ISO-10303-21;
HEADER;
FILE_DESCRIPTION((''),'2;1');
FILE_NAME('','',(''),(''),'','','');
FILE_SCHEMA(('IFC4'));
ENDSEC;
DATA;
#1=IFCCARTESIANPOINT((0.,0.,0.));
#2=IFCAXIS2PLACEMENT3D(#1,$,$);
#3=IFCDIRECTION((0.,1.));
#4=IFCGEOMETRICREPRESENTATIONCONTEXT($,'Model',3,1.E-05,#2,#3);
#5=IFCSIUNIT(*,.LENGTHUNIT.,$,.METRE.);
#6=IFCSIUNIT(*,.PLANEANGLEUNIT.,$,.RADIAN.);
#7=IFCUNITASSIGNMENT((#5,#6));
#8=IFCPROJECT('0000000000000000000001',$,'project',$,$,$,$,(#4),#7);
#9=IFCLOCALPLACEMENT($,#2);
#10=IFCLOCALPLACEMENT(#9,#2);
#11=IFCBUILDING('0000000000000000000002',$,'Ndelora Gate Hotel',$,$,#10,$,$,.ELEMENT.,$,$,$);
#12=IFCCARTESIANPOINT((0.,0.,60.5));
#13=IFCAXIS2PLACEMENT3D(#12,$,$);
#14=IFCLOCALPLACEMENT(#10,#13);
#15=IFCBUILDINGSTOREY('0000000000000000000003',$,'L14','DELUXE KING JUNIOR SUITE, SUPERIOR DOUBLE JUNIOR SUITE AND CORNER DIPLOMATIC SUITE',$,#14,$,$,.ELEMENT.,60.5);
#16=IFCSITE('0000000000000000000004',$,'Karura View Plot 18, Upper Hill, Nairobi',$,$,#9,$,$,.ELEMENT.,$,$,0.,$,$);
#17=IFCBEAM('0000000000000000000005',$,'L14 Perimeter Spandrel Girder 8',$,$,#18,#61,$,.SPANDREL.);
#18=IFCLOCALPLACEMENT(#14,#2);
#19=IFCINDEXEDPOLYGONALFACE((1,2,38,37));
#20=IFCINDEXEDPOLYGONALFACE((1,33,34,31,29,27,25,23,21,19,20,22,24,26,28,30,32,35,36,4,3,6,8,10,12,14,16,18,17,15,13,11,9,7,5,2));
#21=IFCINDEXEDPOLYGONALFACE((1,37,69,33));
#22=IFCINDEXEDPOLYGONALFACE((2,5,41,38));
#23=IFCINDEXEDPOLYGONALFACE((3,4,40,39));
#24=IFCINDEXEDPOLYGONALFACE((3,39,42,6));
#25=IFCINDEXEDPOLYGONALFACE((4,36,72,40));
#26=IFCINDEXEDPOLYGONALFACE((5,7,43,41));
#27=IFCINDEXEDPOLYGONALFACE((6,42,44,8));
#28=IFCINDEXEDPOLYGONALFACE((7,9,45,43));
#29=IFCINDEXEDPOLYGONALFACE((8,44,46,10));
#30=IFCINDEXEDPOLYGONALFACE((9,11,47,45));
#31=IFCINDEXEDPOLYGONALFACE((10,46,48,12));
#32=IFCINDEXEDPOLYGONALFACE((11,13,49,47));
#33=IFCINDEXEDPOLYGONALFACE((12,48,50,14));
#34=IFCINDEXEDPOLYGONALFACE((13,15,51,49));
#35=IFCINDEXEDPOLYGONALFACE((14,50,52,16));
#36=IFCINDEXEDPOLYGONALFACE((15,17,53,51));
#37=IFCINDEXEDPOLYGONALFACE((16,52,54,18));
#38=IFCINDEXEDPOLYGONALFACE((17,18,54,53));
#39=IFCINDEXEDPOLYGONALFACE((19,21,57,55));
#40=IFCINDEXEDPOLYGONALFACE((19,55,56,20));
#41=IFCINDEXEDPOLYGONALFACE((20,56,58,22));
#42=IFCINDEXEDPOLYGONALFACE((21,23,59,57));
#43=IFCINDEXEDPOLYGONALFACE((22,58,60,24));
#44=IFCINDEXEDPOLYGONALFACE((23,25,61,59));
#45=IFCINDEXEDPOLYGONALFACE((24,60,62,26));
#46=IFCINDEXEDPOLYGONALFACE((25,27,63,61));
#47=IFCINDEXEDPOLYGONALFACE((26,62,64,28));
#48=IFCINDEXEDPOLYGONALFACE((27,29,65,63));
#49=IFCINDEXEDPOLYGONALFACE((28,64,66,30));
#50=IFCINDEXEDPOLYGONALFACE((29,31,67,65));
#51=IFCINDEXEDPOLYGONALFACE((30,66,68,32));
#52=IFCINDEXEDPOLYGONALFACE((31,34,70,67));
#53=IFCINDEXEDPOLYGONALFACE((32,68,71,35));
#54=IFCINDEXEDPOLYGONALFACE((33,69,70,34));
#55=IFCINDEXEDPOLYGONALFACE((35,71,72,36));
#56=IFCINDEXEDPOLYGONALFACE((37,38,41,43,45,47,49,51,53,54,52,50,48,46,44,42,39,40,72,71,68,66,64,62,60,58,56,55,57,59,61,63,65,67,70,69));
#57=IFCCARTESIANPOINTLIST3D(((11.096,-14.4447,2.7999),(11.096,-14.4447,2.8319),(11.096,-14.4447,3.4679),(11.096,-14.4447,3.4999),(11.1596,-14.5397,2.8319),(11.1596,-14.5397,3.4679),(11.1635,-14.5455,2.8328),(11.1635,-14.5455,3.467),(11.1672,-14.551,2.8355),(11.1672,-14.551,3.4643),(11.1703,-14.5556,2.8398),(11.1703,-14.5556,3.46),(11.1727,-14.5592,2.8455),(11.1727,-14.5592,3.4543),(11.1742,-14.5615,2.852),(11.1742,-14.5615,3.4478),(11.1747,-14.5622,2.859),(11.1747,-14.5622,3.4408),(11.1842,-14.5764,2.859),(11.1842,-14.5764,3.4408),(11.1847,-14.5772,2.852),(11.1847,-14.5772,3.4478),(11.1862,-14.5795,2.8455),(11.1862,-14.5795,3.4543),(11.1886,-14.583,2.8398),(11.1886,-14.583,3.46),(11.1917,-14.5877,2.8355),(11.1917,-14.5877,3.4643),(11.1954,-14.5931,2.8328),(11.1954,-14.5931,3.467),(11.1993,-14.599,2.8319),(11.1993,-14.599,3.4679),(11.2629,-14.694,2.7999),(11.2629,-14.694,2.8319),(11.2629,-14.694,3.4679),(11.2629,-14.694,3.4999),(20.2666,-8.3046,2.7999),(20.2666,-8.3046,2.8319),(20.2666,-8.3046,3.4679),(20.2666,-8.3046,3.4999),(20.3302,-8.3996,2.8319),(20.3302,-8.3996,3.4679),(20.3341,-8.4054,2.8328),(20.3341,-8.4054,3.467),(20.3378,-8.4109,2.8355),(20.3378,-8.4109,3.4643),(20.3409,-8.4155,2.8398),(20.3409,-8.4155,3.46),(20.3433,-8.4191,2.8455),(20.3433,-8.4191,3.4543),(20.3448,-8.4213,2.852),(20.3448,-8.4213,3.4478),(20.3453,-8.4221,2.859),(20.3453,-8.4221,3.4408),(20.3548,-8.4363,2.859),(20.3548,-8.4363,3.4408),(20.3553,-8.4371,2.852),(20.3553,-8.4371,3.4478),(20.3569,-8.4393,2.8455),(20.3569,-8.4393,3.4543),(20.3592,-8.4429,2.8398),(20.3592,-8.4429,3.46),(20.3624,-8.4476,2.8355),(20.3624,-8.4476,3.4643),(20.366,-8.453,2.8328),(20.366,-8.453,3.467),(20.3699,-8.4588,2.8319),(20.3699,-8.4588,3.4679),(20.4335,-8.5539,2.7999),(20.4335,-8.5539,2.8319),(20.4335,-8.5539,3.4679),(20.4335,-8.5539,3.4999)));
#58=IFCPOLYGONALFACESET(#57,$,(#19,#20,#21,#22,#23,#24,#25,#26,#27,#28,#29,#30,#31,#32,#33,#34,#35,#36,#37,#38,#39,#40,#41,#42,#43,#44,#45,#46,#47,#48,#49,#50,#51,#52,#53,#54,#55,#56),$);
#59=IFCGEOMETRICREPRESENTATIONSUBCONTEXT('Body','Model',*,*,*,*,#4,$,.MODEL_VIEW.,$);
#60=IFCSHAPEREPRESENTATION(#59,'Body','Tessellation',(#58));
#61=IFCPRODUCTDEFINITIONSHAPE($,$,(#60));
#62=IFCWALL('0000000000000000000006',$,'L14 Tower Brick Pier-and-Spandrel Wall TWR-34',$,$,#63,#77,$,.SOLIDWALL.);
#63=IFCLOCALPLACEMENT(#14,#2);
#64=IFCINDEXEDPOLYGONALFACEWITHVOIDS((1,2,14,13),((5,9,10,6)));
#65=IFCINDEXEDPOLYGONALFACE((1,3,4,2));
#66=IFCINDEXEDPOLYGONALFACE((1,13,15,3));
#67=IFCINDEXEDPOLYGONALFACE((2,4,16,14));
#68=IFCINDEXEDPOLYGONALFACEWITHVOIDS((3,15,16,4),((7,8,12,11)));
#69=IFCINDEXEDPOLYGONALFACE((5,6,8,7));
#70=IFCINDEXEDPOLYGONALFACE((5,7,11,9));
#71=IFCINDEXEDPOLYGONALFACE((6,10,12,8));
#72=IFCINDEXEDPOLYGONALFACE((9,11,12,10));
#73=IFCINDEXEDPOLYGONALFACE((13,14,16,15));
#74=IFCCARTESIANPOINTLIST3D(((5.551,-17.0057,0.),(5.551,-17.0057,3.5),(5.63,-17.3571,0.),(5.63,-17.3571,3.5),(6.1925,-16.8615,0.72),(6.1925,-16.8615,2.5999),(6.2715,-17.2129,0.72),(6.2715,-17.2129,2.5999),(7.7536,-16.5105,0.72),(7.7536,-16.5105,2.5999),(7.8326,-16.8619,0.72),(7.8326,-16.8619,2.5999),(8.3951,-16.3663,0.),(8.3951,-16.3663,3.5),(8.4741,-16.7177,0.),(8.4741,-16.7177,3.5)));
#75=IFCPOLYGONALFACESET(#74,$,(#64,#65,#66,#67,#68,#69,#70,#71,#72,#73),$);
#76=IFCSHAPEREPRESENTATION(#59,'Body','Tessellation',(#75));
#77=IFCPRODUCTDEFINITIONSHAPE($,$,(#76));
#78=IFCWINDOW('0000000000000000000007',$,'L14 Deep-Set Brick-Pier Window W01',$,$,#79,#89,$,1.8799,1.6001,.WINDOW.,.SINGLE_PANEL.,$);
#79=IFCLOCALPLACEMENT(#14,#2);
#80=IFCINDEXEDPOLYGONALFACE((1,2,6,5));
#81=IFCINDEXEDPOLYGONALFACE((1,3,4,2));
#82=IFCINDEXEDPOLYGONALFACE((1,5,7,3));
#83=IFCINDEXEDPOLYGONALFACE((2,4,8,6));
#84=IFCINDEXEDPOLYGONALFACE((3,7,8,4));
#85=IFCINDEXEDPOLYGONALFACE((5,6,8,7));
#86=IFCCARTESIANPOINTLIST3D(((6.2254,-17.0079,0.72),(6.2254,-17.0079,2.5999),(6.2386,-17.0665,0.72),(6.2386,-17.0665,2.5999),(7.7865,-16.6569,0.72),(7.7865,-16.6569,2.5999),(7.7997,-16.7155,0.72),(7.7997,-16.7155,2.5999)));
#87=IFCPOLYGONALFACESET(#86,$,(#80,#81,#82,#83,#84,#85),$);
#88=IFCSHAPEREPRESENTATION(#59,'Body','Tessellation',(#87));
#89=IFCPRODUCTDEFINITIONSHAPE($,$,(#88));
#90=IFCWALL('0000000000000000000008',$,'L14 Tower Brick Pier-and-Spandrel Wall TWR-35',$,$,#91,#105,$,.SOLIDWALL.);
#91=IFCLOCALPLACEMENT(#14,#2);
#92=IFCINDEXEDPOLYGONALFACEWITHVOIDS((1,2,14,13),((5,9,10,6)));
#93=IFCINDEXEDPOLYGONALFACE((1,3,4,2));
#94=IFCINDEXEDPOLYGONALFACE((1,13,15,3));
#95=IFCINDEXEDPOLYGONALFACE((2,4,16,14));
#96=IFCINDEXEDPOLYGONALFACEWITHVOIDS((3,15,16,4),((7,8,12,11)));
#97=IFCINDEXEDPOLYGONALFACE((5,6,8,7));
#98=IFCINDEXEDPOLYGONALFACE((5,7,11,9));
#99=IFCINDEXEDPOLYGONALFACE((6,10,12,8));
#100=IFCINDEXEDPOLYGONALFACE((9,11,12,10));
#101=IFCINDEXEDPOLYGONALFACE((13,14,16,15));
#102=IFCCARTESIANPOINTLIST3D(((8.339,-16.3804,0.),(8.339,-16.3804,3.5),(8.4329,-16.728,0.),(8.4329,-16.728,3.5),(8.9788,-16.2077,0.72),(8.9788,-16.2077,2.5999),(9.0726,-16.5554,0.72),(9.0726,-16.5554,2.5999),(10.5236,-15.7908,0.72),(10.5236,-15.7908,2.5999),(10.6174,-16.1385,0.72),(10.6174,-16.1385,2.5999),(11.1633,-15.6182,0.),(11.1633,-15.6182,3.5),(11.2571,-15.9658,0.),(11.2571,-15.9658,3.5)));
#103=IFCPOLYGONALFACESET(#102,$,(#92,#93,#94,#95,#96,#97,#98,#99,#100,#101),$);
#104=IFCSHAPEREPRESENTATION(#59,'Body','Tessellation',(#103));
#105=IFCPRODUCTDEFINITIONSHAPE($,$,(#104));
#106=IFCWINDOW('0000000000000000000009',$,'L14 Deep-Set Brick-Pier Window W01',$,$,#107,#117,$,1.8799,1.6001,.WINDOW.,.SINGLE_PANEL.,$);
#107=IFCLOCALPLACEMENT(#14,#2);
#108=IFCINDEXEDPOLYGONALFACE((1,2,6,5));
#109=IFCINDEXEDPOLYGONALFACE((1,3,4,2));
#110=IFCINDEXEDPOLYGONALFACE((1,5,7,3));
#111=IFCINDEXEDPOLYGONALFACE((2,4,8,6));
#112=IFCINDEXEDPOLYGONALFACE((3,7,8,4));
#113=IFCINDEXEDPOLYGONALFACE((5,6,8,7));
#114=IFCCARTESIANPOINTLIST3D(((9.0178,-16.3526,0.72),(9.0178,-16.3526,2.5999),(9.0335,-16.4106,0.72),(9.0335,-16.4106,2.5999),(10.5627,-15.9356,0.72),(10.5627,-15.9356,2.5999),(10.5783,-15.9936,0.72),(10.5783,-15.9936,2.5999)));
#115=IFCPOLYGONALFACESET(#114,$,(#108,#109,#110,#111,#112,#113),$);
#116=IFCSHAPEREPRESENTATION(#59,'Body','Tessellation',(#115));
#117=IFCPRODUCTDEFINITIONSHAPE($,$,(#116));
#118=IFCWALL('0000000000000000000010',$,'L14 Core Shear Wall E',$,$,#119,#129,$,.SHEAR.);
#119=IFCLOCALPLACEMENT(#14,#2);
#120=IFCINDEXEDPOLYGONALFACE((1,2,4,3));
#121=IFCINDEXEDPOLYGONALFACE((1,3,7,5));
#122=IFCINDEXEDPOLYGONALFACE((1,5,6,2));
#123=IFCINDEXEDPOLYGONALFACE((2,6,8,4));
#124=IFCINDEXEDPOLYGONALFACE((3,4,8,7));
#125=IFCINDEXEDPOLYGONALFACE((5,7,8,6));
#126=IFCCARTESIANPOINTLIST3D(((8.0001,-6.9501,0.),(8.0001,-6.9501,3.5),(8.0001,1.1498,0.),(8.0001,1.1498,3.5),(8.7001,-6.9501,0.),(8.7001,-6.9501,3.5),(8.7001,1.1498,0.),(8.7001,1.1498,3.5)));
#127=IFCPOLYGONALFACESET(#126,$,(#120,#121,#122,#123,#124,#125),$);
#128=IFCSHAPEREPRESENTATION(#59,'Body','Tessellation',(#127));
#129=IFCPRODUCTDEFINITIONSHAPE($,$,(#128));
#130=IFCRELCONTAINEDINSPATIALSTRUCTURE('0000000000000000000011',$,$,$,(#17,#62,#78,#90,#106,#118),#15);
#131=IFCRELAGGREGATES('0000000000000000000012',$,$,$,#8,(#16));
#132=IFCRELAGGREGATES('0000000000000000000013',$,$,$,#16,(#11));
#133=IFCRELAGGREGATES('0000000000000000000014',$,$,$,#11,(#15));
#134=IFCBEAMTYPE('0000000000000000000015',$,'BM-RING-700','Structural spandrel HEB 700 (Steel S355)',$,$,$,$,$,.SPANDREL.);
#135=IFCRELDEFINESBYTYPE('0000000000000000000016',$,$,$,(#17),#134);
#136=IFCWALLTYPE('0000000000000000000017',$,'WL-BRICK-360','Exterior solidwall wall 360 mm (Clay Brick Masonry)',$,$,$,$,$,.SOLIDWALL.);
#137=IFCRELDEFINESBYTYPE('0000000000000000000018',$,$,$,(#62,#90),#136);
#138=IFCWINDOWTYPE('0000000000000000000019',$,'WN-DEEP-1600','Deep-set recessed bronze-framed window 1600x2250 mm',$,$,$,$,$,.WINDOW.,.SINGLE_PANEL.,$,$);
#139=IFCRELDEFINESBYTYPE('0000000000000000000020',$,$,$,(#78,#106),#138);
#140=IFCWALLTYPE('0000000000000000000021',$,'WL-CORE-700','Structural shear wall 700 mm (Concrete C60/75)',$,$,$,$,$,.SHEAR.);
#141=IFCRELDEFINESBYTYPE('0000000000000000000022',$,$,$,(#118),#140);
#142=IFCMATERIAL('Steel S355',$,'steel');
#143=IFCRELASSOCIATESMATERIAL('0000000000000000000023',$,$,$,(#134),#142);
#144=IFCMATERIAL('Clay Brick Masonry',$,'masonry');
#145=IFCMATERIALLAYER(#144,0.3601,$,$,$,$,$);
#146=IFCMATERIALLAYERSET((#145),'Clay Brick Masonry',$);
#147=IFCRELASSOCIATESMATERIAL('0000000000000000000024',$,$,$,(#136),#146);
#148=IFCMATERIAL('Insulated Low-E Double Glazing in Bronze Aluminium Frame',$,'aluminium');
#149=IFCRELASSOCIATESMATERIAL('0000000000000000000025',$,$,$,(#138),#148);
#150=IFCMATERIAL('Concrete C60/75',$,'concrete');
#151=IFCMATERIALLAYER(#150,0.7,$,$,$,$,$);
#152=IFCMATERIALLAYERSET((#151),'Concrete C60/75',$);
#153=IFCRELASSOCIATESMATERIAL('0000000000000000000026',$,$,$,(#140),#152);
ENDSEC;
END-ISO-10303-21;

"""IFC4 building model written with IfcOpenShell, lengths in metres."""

from ifc_helpers import new_model, si_unit, direction, frame, frame_2d, origin, origin_2d, place, context, subcontext, project, spatial, rectangle, i_section, extrude, material, layer, layer_set, material_profile, profile_set, type_object, element, fill, save


model = new_model("IFC4")

# Units and contexts
model_context = context("Model", 3, precision=1e-05, world=origin(), true_north=direction((0.0, 1.0)))
body_context = subcontext(model_context, "Body", "Model", "MODEL_VIEW")
ifc_project = project(units=[si_unit("LENGTHUNIT", "METRE"), si_unit("PLANEANGLEUNIT", "RADIAN")], contexts=[model_context])

# Site, building, storey
site_placement = place(None, origin())
site = spatial("IfcSite", under=ifc_project, at=site_placement, Name="Karura View Plot 18, Upper Hill, Nairobi", CompositionType="ELEMENT", RefElevation=0.0)
building_placement = place(site_placement, origin())
building = spatial("IfcBuilding", under=site, at=building_placement, Name="Ndelora Gate Hotel", CompositionType="ELEMENT")
storey_placement = place(building_placement, frame((0.0, 0.0, 60.5)))
storey = spatial("IfcBuildingStorey", under=building, at=storey_placement, Name="L14", Description="DELUXE KING JUNIOR SUITE, SUPERIOR DOUBLE JUNIOR SUITE AND CORNER DIPLOMATIC SUITE", CompositionType="ELEMENT", Elevation=60.5)

# Shared definitions
ifc_material_1 = material(Name="Concrete C60/75", Category="concrete")

# Beam
ifc_material_2 = material(Name="Steel S355", Category="steel")
ifc_material_profile_1 = material_profile(ifc_material_2, i_section(OverallWidth=0.3, OverallDepth=0.7, WebThickness=0.0171, FlangeThickness=0.032, FilletRadius=0.0271, at=origin_2d()), Name="HEB 700")
ifc_profile_set_1 = profile_set([ifc_material_profile_1], Name="Steel S355")
beam_type_1 = type_object("IfcBeamType", Name="BM-RING-700", Description="Structural spandrel HEB 700 (Steel S355)", PredefinedType="SPANDREL", material=ifc_profile_set_1)
beam_1_placement = place(storey_placement, frame((11.1794, -14.5693, 3.1499), z_axis=(0.830946, 0.556353, 0.0), x_axis=(-0.556353, 0.830946, 0.0)))
element("IfcBeam", 1, at=beam_1_placement, inside=storey, type_object=beam_type_1, Name="L14 Perimeter Spandrel Girder 8", PredefinedType="SPANDREL", context=body_context, shape_type="SweptSolid", body=[
    extrude(i_section(OverallWidth=0.3, OverallDepth=0.7, WebThickness=0.0171, FlangeThickness=0.032, FilletRadius=0.0271, at=origin_2d()), origin(), (0.0, 0.0, 1.0), 11.0364),
])

# Walls, openings, windows
ifc_material_3 = material(Name="Clay Brick Masonry", Category="masonry")
ifc_layer_1 = layer(ifc_material_3, 0.3601)
ifc_layer_set_1 = layer_set([ifc_layer_1], Name="Clay Brick Masonry")
wall_type_1 = type_object("IfcWallType", Name="WL-BRICK-360", Description="Exterior solidwall wall 360 mm (Clay Brick Masonry)", PredefinedType="SOLIDWALL", material=ifc_layer_set_1)
wall_1_placement = place(storey_placement, frame((8.4346, -16.542, 0.0), z_axis=(0.0, 0.0, 1.0), x_axis=(-0.975646, -0.219351, 0.0)))
wall_1 = element("IfcWall", 2, at=wall_1_placement, inside=storey, type_object=wall_type_1, Name="L14 Tower Brick Pier-and-Spandrel Wall TWR-34", PredefinedType="SOLIDWALL", context=body_context, shape_type="SweptSolid", body=[
    extrude(rectangle(XDim=2.915, YDim=0.3601, at=frame_2d((1.4575, 0.0))), origin(), (0.0, 0.0, 1.0), 3.5),
])
opening_1_placement = place(wall_1_placement, frame((0.6575, 0.0, 0.72)))
opening_1 = element("IfcOpeningElement", 3, at=opening_1_placement, cuts=wall_1, PredefinedType="OPENING", context=body_context, shape_type="SweptSolid", body=[
    extrude(rectangle(XDim=1.6001, YDim=1.8799, at=frame_2d((0.8, 0.9399))), frame((0.0, 0.1899, 0.0), z_axis=(0.0, -1.0, 0.0), x_axis=(1.0, 0.0, 0.0)), (0.0, 0.0, 1.0), 0.3801),
])
ifc_material_4 = material(Name="Insulated Low-E Double Glazing in Bronze Aluminium Frame", Category="aluminium")
window_type = type_object("IfcWindowType", Name="WN-DEEP-1600", Description="Deep-set recessed bronze-framed window 1600x2250 mm", PartitioningType="SINGLE_PANEL", PredefinedType="WINDOW", material=ifc_material_4)
window_1_placement = place(opening_1_placement, origin())
window_1 = element("IfcWindow", 4, at=window_1_placement, inside=storey, type_object=window_type, Name="L14 Deep-Set Brick-Pier Window W01", OverallHeight=1.8799, OverallWidth=1.6001, PartitioningType="SINGLE_PANEL", PredefinedType="WINDOW", context=body_context, shape_type="SweptSolid", body=[
    extrude(rectangle(XDim=1.6001, YDim=1.8799, at=frame_2d((0.8, 0.9399))), frame((0.0, 0.03, 0.0), z_axis=(0.0, -1.0, 0.0), x_axis=(1.0, 0.0, 0.0)), (0.0, 0.0, 1.0), 0.0601),
])
fill(opening_1, window_1)
wall_2_placement = place(storey_placement, frame((11.2102, -15.792, 0.0), z_axis=(0.0, 0.0, 1.0), x_axis=(-0.965458, -0.26056, 0.0)))
wall_2 = element("IfcWall", 5, at=wall_2_placement, inside=storey, type_object=wall_type_1, Name="L14 Tower Brick Pier-and-Spandrel Wall TWR-35", PredefinedType="SOLIDWALL", context=body_context, shape_type="SweptSolid", body=[
    extrude(rectangle(XDim=2.9253, YDim=0.3601, at=frame_2d((1.4626, 0.0))), origin(), (0.0, 0.0, 1.0), 3.5),
])
opening_2_placement = place(wall_2_placement, frame((0.6626, 0.0, 0.72)))
opening_2 = element("IfcOpeningElement", 6, at=opening_2_placement, cuts=wall_2, PredefinedType="OPENING", context=body_context, shape_type="SweptSolid", body=[
    extrude(rectangle(XDim=1.6001, YDim=1.8799, at=frame_2d((0.8, 0.9399))), frame((0.0, 0.1899, 0.0), z_axis=(0.0, -1.0, 0.0), x_axis=(1.0, 0.0, 0.0)), (0.0, 0.0, 1.0), 0.3801),
])
window_2_placement = place(opening_2_placement, origin())
window_2 = element("IfcWindow", 7, at=window_2_placement, inside=storey, type_object=window_type, Name="L14 Deep-Set Brick-Pier Window W01", OverallHeight=1.8799, OverallWidth=1.6001, PartitioningType="SINGLE_PANEL", PredefinedType="WINDOW", context=body_context, shape_type="SweptSolid", body=[
    extrude(rectangle(XDim=1.6001, YDim=1.8799, at=frame_2d((0.8, 0.9399))), frame((0.0, 0.03, 0.0), z_axis=(0.0, -1.0, 0.0), x_axis=(1.0, 0.0, 0.0)), (0.0, 0.0, 1.0), 0.0601),
])
fill(opening_2, window_2)

# Wall
ifc_layer_2 = layer(ifc_material_1, 0.7)
ifc_layer_set_2 = layer_set([ifc_layer_2], Name="Concrete C60/75")
wall_type_2 = type_object("IfcWallType", Name="WL-CORE-700", Description="Structural shear wall 700 mm (Concrete C60/75)", PredefinedType="SHEAR", material=ifc_layer_set_2)
wall_3_placement = place(storey_placement, frame((8.3501, -6.95, 0.0), z_axis=(0.0, 0.0, 1.0), x_axis=(0.0, 1.0, 0.0)))
element("IfcWall", 8, at=wall_3_placement, inside=storey, type_object=wall_type_2, Name="L14 Core Shear Wall E", PredefinedType="SHEAR", context=body_context, shape_type="SweptSolid", body=[
    extrude(rectangle(XDim=8.0999, YDim=0.7, at=frame_2d((4.0498, 0.0))), origin(), (0.0, 0.0, 1.0), 3.5),
])

save(model, "model.ifc")
